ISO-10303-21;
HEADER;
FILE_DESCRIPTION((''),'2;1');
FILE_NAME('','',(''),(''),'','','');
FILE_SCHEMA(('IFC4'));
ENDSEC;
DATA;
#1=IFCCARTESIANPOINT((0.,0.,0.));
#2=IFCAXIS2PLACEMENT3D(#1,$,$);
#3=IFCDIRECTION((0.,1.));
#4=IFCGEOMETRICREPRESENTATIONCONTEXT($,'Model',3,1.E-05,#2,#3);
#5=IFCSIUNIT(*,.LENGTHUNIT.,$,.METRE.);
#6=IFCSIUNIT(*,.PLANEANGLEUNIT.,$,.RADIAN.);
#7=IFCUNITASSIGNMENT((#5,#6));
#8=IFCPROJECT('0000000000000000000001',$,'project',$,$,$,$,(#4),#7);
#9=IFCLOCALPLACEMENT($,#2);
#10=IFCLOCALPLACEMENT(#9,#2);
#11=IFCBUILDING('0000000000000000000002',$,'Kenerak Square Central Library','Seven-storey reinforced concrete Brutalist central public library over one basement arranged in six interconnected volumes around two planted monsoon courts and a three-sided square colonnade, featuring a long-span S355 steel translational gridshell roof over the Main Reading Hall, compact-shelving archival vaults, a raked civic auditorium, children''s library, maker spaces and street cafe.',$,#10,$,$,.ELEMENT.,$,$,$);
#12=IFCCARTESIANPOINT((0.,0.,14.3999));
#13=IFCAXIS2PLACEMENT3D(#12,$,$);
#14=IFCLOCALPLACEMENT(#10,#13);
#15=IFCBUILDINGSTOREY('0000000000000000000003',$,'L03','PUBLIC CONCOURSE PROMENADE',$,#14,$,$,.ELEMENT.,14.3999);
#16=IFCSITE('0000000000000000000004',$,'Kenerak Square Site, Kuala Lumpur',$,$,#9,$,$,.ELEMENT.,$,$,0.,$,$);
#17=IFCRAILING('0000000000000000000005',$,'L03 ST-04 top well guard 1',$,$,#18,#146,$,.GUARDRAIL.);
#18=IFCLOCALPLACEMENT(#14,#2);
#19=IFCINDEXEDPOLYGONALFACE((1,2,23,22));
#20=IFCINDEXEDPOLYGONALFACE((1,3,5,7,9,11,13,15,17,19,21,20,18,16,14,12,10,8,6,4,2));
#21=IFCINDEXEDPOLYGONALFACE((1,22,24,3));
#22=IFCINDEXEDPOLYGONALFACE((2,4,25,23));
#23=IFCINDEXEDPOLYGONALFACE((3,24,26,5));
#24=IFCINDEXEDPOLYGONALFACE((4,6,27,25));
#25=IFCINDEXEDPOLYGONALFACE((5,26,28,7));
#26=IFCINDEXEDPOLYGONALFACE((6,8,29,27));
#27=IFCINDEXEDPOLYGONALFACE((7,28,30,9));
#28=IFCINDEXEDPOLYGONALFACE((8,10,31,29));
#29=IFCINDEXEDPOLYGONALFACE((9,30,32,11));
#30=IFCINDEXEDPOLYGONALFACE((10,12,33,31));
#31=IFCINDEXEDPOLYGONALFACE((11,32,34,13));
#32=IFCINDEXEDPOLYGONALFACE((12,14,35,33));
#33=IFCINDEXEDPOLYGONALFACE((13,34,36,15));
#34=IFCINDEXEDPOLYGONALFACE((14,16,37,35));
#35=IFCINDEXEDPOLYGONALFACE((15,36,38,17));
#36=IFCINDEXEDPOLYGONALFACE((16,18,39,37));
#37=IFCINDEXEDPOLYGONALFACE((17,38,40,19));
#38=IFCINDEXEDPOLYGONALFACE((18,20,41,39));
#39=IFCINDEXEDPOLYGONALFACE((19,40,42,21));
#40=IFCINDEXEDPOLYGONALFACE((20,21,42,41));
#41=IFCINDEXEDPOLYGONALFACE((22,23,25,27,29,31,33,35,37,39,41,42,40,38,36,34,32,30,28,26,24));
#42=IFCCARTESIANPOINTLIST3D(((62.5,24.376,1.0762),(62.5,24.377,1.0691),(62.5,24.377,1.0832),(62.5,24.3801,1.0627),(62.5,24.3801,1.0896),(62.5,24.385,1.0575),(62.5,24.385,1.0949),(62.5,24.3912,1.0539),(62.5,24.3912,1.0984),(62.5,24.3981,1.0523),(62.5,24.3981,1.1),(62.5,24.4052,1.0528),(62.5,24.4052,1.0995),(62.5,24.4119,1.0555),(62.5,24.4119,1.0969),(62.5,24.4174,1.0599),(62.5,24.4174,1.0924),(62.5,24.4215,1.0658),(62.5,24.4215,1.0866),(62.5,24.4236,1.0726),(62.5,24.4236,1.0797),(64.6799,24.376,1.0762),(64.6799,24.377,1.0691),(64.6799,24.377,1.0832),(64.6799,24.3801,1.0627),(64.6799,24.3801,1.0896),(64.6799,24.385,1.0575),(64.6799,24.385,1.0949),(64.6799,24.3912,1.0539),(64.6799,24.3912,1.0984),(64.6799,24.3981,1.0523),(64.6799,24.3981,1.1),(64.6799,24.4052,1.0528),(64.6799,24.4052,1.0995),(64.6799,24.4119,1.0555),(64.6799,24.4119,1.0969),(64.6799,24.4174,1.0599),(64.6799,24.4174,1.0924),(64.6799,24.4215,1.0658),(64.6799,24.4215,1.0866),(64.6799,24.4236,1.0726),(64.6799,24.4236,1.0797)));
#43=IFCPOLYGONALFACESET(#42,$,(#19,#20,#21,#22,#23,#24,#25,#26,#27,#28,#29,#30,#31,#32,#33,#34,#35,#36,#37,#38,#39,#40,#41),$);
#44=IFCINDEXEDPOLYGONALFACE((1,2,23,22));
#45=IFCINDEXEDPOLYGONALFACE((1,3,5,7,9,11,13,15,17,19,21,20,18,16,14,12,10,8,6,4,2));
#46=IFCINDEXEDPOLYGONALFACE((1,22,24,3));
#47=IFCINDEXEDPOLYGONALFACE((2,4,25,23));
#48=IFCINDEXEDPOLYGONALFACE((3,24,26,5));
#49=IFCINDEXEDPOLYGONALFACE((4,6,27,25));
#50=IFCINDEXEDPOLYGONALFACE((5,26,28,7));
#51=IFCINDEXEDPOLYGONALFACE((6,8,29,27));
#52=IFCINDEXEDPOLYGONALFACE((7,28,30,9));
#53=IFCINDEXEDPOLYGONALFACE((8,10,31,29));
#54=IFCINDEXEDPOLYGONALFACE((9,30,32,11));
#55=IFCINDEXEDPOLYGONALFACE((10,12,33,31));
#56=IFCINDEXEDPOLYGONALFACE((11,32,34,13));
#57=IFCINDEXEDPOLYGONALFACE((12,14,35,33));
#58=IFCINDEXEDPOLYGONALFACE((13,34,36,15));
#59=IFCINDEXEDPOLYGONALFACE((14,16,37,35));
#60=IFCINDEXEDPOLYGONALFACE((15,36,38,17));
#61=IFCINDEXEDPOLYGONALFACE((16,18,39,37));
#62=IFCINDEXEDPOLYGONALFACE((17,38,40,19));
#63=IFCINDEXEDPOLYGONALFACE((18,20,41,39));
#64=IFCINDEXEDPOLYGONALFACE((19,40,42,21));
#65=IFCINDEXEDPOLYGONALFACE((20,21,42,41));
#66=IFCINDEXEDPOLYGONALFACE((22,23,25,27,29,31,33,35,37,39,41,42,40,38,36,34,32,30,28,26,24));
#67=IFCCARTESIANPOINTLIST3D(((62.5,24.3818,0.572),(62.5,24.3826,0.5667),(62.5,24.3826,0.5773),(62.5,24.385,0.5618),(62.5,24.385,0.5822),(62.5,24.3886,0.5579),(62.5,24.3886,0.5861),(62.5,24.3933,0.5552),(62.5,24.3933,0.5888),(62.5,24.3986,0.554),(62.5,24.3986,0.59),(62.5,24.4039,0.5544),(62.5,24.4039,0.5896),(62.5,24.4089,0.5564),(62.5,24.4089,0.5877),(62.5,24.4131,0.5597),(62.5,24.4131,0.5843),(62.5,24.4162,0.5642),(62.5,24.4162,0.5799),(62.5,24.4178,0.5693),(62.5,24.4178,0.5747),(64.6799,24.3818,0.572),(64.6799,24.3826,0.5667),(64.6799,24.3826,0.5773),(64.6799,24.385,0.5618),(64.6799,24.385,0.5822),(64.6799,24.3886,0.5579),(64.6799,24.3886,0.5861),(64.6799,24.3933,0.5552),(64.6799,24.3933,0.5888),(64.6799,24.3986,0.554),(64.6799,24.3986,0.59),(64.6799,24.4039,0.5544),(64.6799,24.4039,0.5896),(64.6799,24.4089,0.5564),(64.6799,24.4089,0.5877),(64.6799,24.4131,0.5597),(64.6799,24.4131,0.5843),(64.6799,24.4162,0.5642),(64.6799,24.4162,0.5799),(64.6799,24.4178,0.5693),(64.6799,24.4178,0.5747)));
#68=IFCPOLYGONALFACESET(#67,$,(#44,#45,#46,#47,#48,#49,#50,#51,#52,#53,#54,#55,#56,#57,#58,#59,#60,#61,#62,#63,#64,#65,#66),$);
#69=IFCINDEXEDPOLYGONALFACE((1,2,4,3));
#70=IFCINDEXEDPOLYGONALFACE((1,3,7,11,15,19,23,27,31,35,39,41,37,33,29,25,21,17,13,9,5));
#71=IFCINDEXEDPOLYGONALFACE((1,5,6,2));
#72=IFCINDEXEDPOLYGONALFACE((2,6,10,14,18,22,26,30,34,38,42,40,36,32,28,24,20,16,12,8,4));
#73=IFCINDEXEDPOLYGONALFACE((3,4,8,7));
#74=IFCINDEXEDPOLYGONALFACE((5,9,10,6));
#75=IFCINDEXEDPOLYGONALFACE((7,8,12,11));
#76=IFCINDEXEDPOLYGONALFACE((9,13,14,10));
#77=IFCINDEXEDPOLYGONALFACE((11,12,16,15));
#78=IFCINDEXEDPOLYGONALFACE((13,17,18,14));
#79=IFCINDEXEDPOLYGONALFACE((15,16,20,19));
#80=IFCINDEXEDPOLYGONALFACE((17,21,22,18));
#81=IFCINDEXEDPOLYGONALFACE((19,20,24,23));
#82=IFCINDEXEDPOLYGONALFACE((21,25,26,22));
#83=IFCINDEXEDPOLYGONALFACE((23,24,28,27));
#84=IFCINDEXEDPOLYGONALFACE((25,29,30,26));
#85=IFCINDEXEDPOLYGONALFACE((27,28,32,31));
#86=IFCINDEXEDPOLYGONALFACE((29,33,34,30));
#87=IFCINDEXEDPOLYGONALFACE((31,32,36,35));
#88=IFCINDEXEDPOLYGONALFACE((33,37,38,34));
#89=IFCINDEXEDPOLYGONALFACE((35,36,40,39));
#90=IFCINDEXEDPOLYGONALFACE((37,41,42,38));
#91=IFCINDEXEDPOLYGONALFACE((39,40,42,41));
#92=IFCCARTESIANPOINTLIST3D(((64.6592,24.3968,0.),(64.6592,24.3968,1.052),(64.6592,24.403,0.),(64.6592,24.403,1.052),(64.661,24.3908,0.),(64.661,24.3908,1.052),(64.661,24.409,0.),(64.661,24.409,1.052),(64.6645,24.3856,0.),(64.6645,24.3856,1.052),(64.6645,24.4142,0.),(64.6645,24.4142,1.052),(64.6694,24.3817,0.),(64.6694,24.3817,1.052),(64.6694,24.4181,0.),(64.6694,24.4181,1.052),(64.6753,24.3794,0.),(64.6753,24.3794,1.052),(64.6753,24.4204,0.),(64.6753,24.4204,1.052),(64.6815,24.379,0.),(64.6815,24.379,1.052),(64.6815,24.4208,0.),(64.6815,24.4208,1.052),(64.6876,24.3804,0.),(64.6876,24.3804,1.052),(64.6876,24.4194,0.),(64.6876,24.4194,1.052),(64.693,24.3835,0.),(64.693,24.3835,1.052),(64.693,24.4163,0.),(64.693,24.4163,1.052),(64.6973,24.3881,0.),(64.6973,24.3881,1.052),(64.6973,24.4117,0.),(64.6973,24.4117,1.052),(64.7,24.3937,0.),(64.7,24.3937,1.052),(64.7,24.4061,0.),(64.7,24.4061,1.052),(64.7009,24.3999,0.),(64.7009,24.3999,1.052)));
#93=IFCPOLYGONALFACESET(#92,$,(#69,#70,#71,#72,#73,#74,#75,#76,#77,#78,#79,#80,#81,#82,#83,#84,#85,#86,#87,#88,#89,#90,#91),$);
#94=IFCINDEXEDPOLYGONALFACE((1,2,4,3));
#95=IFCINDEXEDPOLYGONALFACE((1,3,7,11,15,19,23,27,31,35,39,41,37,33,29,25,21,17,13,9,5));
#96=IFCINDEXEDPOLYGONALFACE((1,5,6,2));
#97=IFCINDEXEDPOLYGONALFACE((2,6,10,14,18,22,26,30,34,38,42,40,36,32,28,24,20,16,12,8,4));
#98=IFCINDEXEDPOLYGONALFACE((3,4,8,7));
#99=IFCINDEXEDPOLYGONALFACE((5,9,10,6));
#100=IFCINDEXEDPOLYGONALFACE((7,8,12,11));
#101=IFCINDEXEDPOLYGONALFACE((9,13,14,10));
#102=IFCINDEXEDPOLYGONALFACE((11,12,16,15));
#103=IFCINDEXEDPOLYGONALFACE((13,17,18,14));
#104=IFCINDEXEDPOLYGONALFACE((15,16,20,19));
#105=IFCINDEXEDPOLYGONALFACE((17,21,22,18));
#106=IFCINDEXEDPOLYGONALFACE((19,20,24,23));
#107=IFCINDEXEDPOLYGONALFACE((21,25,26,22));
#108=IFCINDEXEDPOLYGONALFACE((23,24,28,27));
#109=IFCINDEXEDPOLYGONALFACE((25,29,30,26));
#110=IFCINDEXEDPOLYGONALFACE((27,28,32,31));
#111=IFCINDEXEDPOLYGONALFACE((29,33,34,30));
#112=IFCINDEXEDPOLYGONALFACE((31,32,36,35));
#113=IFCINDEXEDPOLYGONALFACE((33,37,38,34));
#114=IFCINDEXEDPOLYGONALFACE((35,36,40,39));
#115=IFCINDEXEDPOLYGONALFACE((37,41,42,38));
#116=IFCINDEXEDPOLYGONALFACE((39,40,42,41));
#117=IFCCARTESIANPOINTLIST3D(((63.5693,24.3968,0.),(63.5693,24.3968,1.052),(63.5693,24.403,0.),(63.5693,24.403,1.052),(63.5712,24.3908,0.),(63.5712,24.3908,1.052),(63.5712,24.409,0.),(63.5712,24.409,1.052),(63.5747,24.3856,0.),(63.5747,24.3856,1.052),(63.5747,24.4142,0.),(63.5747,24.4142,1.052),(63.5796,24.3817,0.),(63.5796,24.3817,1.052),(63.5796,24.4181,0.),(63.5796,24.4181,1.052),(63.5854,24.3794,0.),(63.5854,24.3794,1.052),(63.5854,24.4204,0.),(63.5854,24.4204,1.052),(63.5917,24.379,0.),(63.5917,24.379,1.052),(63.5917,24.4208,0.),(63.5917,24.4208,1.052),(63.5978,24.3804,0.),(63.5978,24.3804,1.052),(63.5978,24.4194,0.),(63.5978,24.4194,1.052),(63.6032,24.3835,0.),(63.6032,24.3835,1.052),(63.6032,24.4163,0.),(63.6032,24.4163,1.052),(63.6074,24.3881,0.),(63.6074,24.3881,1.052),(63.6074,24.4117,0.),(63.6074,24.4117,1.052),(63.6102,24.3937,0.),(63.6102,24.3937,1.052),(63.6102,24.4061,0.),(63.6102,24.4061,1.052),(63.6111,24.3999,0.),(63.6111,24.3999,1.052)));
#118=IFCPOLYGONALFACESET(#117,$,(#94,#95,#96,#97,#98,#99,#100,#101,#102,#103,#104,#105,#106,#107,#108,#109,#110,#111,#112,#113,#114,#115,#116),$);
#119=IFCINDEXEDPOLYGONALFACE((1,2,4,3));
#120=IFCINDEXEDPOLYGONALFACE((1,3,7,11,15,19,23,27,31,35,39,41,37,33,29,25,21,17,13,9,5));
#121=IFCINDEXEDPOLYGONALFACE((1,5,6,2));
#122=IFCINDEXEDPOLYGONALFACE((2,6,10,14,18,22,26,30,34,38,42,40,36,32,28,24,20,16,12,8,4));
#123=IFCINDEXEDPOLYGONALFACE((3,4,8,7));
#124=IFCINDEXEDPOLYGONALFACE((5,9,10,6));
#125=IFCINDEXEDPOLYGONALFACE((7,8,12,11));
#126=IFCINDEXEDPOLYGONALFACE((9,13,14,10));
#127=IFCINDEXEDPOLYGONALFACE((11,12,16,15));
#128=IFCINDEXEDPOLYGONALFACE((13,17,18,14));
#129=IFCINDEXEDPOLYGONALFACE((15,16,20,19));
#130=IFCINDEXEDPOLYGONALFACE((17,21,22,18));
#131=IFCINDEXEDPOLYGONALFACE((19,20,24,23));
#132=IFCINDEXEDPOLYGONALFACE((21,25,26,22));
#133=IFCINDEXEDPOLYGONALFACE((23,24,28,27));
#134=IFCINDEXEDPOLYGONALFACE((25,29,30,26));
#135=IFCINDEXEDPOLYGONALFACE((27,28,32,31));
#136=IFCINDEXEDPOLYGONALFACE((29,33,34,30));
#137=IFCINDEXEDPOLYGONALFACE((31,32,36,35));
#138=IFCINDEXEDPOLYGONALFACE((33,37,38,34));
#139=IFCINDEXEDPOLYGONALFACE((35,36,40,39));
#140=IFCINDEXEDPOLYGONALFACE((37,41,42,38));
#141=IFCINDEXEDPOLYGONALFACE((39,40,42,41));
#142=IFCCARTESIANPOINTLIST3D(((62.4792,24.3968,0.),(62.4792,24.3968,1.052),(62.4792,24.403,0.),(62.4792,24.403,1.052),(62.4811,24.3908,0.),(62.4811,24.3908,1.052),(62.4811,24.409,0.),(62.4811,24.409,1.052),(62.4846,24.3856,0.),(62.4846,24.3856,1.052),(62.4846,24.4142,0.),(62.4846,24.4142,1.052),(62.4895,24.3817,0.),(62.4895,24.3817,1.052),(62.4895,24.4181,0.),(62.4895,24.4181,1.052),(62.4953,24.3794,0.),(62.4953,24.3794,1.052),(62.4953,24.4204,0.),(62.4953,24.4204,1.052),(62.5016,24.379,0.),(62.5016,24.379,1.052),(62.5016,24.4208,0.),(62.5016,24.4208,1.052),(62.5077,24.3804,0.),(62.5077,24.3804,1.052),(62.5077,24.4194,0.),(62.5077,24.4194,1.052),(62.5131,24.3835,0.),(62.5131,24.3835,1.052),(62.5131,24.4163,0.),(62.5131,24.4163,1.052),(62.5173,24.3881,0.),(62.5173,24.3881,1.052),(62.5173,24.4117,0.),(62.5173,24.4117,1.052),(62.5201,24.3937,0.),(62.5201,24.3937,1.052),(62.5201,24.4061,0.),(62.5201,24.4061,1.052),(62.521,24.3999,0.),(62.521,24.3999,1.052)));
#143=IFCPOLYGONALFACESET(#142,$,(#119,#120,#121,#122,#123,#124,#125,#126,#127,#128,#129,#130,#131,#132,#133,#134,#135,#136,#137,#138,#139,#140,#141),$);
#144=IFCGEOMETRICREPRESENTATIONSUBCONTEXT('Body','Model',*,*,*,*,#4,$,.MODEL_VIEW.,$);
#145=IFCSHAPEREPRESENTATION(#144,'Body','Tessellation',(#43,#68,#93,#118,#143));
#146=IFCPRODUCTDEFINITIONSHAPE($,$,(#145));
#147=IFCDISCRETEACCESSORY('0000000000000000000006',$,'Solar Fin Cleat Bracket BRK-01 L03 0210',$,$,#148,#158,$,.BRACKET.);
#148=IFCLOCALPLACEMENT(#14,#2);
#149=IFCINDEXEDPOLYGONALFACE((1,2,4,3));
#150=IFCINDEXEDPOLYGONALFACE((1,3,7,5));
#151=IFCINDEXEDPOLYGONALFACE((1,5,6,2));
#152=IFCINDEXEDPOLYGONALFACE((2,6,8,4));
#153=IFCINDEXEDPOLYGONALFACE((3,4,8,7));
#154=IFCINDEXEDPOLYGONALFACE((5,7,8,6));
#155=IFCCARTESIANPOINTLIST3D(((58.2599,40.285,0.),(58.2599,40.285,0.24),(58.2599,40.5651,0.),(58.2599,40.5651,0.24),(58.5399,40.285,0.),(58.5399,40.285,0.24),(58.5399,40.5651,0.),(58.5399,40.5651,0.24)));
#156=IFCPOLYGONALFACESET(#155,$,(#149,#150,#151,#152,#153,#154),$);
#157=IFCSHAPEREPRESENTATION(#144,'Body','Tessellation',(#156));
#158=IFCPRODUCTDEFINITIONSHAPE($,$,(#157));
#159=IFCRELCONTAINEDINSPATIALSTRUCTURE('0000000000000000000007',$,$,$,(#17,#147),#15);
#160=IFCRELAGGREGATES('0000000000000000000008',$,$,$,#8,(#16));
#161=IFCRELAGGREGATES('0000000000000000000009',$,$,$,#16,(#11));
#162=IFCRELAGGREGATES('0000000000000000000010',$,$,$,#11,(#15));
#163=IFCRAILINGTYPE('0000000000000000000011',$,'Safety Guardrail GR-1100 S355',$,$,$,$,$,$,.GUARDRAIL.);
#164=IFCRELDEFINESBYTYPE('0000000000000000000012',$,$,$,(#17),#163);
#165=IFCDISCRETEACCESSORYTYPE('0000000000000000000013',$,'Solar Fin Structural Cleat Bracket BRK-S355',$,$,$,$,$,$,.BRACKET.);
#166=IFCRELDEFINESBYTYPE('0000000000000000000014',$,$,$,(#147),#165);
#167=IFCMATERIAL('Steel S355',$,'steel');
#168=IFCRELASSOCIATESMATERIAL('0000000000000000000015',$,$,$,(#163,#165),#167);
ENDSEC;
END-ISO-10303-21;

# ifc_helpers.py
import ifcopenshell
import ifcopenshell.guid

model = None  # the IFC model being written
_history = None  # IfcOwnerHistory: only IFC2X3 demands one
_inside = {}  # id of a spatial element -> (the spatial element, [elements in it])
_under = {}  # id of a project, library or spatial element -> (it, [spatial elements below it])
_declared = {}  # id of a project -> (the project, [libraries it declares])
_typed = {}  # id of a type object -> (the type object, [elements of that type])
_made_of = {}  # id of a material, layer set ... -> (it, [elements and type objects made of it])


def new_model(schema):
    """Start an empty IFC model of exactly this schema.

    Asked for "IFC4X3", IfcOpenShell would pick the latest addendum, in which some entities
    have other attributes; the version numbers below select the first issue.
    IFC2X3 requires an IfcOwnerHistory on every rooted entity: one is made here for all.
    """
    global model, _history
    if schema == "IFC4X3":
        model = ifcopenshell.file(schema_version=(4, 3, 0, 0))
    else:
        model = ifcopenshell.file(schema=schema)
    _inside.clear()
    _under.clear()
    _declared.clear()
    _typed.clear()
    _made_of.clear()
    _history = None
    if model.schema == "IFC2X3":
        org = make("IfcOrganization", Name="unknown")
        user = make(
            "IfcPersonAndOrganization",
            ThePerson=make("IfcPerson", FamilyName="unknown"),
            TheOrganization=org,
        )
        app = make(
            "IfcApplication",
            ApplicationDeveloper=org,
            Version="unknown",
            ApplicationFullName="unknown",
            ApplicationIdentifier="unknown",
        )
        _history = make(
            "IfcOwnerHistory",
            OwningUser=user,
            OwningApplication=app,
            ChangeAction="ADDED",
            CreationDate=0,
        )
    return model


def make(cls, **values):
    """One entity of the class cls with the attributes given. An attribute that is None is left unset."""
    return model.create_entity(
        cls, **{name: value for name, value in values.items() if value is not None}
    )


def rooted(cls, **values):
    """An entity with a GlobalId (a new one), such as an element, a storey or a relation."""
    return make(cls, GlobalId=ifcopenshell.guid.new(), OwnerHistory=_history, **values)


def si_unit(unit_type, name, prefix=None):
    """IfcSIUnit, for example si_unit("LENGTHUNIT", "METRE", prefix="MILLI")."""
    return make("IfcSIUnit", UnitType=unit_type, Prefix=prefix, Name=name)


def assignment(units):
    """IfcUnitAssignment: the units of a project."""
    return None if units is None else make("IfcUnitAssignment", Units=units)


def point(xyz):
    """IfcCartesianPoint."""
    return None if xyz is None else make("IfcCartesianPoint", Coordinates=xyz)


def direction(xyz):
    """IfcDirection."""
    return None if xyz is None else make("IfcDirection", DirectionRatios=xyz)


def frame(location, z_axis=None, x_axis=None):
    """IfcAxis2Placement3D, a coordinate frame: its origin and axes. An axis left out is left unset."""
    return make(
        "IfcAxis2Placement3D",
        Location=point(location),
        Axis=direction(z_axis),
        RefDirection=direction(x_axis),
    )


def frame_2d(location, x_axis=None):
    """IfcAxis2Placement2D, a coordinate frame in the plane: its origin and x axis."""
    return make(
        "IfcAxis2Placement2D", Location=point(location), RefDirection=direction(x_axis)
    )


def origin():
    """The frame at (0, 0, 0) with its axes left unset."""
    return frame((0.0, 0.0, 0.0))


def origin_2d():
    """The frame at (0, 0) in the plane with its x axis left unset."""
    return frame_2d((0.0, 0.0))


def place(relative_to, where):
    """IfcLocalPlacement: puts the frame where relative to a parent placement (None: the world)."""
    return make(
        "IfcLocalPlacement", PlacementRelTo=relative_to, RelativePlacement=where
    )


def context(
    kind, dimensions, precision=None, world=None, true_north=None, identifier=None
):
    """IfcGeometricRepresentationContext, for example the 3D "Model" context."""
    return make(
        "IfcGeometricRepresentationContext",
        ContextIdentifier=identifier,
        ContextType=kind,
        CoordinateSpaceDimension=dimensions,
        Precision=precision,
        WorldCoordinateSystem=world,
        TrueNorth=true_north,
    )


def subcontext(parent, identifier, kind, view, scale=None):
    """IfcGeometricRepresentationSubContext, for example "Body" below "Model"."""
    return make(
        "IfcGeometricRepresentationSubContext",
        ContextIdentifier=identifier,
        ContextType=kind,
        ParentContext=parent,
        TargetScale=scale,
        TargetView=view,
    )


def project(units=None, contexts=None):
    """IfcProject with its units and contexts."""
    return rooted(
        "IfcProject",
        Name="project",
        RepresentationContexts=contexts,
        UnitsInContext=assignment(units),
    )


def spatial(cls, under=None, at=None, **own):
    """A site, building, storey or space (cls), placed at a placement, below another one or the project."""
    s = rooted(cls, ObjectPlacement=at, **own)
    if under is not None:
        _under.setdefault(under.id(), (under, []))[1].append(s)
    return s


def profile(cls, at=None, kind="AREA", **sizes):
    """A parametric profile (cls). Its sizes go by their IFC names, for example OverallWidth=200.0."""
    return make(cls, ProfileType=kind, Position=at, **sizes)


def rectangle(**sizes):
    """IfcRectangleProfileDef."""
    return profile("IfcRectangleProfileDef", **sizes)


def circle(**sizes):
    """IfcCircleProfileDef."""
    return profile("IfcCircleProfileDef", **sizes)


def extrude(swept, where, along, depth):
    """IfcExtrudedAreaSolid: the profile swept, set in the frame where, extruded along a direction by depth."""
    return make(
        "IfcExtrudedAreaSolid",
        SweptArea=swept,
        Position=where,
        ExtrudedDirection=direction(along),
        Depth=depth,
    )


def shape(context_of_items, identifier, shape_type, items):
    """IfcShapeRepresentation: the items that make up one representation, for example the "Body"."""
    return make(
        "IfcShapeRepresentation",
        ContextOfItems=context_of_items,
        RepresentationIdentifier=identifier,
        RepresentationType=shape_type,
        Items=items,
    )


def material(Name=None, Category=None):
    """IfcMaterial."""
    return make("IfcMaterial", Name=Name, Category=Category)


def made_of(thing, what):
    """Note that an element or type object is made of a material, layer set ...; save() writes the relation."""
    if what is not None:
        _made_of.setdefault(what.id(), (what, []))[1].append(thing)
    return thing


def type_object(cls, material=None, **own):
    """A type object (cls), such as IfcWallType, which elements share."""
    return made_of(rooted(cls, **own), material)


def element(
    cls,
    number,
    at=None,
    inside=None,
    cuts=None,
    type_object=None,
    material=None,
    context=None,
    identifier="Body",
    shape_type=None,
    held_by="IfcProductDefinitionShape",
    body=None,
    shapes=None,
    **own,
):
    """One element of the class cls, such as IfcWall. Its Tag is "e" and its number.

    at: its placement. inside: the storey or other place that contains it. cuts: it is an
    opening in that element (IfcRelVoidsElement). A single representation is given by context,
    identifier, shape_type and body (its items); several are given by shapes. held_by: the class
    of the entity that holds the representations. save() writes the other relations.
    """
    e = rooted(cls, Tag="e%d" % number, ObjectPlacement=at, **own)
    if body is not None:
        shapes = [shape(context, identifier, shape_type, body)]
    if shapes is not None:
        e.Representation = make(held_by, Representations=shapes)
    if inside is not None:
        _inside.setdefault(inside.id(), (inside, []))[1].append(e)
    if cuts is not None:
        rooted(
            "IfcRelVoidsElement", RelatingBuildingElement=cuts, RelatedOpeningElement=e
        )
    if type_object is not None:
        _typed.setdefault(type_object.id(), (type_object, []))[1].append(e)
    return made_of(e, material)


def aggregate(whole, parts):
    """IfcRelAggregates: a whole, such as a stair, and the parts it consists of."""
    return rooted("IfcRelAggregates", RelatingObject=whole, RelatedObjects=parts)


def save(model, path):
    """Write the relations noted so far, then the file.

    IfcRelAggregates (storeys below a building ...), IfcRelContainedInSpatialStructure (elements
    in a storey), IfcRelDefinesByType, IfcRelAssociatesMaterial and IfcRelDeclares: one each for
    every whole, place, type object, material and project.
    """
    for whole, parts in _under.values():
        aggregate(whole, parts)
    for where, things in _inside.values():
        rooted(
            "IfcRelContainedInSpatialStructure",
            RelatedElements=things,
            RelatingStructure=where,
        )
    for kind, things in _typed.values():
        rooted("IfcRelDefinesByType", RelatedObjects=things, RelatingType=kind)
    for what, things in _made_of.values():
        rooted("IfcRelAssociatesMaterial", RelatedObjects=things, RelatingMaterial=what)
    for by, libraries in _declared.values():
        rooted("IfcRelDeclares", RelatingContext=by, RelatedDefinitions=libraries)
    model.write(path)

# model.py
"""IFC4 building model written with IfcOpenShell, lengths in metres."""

from ifc_helpers import new_model, si_unit, direction, frame, origin, origin_2d, place, context, subcontext, project, spatial, rectangle, circle, extrude, material, type_object, element, save


model = new_model("IFC4")

# Units and contexts
model_context = context("Model", 3, precision=1e-05, world=origin(), true_north=direction((0.0, 1.0)))
body_context = subcontext(model_context, "Body", "Model", "MODEL_VIEW")
ifc_project = project(units=[si_unit("LENGTHUNIT", "METRE"), si_unit("PLANEANGLEUNIT", "RADIAN")], contexts=[model_context])

# Site, building, storey
site_placement = place(None, origin())
site = spatial("IfcSite", under=ifc_project, at=site_placement, Name="Kenerak Square Site, Kuala Lumpur", CompositionType="ELEMENT", RefElevation=0.0)
building_placement = place(site_placement, origin())
building = spatial("IfcBuilding", under=site, at=building_placement, Name="Kenerak Square Central Library", Description="Seven-storey reinforced concrete Brutalist central public library over one basement arranged in six interconnected volumes around two planted monsoon courts and a three-sided square colonnade, featuring a long-span S355 steel translational gridshell roof over the Main Reading Hall, compact-shelving archival vaults, a raked civic auditorium, children's library, maker spaces and street cafe.", CompositionType="ELEMENT")
storey_placement = place(building_placement, frame((0.0, 0.0, 14.3999)))
storey = spatial("IfcBuildingStorey", under=building, at=storey_placement, Name="L03", Description="PUBLIC CONCOURSE PROMENADE", CompositionType="ELEMENT", Elevation=14.3999)

# Shared definitions
ifc_material_1 = material(Name="Steel S355", Category="steel")

# Railing
railing_type = type_object("IfcRailingType", Name="Safety Guardrail GR-1100 S355", PredefinedType="GUARDRAIL", material=ifc_material_1)
railing_1_placement = place(storey_placement, frame((64.6799, 24.3999, 0.0)))
element("IfcRailing", 1, at=railing_1_placement, inside=storey, type_object=railing_type, Name="L03 ST-04 top well guard 1", PredefinedType="GUARDRAIL", context=body_context, shape_type="SweptSolid", body=[
    extrude(circle(Radius=0.0239, at=origin_2d()), frame((0.0, 0.0, 1.0762), z_axis=(-1.0, 0.0, 0.0), x_axis=(0.0, -1.0, 0.0)), (0.0, 0.0, 1.0), 2.1799),
    extrude(circle(Radius=0.0181, at=origin_2d()), frame((0.0, 0.0, 0.572), z_axis=(-1.0, 0.0, 0.0), x_axis=(0.0, -1.0, 0.0)), (0.0, 0.0, 1.0), 2.1799),
    extrude(circle(Radius=0.021, at=origin_2d()), origin(), (0.0, 0.0, 1.0), 1.052),
    extrude(circle(Radius=0.021, at=origin_2d()), frame((-1.0898, 0.0, 0.0)), (0.0, 0.0, 1.0), 1.052),
    extrude(circle(Radius=0.021, at=origin_2d()), frame((-2.1799, 0.0, 0.0)), (0.0, 0.0, 1.0), 1.052),
])

# Discrete accessory
discrete_accessory_type = type_object("IfcDiscreteAccessoryType", Name="Solar Fin Structural Cleat Bracket BRK-S355", PredefinedType="BRACKET", material=ifc_material_1)
discrete_accessory_placement = place(storey_placement, frame((58.3999, 40.425, 0.0), z_axis=(0.0, 0.0, 1.0), x_axis=(0.0, 1.0, 0.0)))
element("IfcDiscreteAccessory", 2, at=discrete_accessory_placement, inside=storey, type_object=discrete_accessory_type, Name="Solar Fin Cleat Bracket BRK-01 L03 0210", PredefinedType="BRACKET", context=body_context, shape_type="SweptSolid", body=[
    extrude(rectangle(XDim=0.28, YDim=0.28, at=origin_2d()), origin(), (0.0, 0.0, 1.0), 0.24),
])

save(model, "model.ifc")
